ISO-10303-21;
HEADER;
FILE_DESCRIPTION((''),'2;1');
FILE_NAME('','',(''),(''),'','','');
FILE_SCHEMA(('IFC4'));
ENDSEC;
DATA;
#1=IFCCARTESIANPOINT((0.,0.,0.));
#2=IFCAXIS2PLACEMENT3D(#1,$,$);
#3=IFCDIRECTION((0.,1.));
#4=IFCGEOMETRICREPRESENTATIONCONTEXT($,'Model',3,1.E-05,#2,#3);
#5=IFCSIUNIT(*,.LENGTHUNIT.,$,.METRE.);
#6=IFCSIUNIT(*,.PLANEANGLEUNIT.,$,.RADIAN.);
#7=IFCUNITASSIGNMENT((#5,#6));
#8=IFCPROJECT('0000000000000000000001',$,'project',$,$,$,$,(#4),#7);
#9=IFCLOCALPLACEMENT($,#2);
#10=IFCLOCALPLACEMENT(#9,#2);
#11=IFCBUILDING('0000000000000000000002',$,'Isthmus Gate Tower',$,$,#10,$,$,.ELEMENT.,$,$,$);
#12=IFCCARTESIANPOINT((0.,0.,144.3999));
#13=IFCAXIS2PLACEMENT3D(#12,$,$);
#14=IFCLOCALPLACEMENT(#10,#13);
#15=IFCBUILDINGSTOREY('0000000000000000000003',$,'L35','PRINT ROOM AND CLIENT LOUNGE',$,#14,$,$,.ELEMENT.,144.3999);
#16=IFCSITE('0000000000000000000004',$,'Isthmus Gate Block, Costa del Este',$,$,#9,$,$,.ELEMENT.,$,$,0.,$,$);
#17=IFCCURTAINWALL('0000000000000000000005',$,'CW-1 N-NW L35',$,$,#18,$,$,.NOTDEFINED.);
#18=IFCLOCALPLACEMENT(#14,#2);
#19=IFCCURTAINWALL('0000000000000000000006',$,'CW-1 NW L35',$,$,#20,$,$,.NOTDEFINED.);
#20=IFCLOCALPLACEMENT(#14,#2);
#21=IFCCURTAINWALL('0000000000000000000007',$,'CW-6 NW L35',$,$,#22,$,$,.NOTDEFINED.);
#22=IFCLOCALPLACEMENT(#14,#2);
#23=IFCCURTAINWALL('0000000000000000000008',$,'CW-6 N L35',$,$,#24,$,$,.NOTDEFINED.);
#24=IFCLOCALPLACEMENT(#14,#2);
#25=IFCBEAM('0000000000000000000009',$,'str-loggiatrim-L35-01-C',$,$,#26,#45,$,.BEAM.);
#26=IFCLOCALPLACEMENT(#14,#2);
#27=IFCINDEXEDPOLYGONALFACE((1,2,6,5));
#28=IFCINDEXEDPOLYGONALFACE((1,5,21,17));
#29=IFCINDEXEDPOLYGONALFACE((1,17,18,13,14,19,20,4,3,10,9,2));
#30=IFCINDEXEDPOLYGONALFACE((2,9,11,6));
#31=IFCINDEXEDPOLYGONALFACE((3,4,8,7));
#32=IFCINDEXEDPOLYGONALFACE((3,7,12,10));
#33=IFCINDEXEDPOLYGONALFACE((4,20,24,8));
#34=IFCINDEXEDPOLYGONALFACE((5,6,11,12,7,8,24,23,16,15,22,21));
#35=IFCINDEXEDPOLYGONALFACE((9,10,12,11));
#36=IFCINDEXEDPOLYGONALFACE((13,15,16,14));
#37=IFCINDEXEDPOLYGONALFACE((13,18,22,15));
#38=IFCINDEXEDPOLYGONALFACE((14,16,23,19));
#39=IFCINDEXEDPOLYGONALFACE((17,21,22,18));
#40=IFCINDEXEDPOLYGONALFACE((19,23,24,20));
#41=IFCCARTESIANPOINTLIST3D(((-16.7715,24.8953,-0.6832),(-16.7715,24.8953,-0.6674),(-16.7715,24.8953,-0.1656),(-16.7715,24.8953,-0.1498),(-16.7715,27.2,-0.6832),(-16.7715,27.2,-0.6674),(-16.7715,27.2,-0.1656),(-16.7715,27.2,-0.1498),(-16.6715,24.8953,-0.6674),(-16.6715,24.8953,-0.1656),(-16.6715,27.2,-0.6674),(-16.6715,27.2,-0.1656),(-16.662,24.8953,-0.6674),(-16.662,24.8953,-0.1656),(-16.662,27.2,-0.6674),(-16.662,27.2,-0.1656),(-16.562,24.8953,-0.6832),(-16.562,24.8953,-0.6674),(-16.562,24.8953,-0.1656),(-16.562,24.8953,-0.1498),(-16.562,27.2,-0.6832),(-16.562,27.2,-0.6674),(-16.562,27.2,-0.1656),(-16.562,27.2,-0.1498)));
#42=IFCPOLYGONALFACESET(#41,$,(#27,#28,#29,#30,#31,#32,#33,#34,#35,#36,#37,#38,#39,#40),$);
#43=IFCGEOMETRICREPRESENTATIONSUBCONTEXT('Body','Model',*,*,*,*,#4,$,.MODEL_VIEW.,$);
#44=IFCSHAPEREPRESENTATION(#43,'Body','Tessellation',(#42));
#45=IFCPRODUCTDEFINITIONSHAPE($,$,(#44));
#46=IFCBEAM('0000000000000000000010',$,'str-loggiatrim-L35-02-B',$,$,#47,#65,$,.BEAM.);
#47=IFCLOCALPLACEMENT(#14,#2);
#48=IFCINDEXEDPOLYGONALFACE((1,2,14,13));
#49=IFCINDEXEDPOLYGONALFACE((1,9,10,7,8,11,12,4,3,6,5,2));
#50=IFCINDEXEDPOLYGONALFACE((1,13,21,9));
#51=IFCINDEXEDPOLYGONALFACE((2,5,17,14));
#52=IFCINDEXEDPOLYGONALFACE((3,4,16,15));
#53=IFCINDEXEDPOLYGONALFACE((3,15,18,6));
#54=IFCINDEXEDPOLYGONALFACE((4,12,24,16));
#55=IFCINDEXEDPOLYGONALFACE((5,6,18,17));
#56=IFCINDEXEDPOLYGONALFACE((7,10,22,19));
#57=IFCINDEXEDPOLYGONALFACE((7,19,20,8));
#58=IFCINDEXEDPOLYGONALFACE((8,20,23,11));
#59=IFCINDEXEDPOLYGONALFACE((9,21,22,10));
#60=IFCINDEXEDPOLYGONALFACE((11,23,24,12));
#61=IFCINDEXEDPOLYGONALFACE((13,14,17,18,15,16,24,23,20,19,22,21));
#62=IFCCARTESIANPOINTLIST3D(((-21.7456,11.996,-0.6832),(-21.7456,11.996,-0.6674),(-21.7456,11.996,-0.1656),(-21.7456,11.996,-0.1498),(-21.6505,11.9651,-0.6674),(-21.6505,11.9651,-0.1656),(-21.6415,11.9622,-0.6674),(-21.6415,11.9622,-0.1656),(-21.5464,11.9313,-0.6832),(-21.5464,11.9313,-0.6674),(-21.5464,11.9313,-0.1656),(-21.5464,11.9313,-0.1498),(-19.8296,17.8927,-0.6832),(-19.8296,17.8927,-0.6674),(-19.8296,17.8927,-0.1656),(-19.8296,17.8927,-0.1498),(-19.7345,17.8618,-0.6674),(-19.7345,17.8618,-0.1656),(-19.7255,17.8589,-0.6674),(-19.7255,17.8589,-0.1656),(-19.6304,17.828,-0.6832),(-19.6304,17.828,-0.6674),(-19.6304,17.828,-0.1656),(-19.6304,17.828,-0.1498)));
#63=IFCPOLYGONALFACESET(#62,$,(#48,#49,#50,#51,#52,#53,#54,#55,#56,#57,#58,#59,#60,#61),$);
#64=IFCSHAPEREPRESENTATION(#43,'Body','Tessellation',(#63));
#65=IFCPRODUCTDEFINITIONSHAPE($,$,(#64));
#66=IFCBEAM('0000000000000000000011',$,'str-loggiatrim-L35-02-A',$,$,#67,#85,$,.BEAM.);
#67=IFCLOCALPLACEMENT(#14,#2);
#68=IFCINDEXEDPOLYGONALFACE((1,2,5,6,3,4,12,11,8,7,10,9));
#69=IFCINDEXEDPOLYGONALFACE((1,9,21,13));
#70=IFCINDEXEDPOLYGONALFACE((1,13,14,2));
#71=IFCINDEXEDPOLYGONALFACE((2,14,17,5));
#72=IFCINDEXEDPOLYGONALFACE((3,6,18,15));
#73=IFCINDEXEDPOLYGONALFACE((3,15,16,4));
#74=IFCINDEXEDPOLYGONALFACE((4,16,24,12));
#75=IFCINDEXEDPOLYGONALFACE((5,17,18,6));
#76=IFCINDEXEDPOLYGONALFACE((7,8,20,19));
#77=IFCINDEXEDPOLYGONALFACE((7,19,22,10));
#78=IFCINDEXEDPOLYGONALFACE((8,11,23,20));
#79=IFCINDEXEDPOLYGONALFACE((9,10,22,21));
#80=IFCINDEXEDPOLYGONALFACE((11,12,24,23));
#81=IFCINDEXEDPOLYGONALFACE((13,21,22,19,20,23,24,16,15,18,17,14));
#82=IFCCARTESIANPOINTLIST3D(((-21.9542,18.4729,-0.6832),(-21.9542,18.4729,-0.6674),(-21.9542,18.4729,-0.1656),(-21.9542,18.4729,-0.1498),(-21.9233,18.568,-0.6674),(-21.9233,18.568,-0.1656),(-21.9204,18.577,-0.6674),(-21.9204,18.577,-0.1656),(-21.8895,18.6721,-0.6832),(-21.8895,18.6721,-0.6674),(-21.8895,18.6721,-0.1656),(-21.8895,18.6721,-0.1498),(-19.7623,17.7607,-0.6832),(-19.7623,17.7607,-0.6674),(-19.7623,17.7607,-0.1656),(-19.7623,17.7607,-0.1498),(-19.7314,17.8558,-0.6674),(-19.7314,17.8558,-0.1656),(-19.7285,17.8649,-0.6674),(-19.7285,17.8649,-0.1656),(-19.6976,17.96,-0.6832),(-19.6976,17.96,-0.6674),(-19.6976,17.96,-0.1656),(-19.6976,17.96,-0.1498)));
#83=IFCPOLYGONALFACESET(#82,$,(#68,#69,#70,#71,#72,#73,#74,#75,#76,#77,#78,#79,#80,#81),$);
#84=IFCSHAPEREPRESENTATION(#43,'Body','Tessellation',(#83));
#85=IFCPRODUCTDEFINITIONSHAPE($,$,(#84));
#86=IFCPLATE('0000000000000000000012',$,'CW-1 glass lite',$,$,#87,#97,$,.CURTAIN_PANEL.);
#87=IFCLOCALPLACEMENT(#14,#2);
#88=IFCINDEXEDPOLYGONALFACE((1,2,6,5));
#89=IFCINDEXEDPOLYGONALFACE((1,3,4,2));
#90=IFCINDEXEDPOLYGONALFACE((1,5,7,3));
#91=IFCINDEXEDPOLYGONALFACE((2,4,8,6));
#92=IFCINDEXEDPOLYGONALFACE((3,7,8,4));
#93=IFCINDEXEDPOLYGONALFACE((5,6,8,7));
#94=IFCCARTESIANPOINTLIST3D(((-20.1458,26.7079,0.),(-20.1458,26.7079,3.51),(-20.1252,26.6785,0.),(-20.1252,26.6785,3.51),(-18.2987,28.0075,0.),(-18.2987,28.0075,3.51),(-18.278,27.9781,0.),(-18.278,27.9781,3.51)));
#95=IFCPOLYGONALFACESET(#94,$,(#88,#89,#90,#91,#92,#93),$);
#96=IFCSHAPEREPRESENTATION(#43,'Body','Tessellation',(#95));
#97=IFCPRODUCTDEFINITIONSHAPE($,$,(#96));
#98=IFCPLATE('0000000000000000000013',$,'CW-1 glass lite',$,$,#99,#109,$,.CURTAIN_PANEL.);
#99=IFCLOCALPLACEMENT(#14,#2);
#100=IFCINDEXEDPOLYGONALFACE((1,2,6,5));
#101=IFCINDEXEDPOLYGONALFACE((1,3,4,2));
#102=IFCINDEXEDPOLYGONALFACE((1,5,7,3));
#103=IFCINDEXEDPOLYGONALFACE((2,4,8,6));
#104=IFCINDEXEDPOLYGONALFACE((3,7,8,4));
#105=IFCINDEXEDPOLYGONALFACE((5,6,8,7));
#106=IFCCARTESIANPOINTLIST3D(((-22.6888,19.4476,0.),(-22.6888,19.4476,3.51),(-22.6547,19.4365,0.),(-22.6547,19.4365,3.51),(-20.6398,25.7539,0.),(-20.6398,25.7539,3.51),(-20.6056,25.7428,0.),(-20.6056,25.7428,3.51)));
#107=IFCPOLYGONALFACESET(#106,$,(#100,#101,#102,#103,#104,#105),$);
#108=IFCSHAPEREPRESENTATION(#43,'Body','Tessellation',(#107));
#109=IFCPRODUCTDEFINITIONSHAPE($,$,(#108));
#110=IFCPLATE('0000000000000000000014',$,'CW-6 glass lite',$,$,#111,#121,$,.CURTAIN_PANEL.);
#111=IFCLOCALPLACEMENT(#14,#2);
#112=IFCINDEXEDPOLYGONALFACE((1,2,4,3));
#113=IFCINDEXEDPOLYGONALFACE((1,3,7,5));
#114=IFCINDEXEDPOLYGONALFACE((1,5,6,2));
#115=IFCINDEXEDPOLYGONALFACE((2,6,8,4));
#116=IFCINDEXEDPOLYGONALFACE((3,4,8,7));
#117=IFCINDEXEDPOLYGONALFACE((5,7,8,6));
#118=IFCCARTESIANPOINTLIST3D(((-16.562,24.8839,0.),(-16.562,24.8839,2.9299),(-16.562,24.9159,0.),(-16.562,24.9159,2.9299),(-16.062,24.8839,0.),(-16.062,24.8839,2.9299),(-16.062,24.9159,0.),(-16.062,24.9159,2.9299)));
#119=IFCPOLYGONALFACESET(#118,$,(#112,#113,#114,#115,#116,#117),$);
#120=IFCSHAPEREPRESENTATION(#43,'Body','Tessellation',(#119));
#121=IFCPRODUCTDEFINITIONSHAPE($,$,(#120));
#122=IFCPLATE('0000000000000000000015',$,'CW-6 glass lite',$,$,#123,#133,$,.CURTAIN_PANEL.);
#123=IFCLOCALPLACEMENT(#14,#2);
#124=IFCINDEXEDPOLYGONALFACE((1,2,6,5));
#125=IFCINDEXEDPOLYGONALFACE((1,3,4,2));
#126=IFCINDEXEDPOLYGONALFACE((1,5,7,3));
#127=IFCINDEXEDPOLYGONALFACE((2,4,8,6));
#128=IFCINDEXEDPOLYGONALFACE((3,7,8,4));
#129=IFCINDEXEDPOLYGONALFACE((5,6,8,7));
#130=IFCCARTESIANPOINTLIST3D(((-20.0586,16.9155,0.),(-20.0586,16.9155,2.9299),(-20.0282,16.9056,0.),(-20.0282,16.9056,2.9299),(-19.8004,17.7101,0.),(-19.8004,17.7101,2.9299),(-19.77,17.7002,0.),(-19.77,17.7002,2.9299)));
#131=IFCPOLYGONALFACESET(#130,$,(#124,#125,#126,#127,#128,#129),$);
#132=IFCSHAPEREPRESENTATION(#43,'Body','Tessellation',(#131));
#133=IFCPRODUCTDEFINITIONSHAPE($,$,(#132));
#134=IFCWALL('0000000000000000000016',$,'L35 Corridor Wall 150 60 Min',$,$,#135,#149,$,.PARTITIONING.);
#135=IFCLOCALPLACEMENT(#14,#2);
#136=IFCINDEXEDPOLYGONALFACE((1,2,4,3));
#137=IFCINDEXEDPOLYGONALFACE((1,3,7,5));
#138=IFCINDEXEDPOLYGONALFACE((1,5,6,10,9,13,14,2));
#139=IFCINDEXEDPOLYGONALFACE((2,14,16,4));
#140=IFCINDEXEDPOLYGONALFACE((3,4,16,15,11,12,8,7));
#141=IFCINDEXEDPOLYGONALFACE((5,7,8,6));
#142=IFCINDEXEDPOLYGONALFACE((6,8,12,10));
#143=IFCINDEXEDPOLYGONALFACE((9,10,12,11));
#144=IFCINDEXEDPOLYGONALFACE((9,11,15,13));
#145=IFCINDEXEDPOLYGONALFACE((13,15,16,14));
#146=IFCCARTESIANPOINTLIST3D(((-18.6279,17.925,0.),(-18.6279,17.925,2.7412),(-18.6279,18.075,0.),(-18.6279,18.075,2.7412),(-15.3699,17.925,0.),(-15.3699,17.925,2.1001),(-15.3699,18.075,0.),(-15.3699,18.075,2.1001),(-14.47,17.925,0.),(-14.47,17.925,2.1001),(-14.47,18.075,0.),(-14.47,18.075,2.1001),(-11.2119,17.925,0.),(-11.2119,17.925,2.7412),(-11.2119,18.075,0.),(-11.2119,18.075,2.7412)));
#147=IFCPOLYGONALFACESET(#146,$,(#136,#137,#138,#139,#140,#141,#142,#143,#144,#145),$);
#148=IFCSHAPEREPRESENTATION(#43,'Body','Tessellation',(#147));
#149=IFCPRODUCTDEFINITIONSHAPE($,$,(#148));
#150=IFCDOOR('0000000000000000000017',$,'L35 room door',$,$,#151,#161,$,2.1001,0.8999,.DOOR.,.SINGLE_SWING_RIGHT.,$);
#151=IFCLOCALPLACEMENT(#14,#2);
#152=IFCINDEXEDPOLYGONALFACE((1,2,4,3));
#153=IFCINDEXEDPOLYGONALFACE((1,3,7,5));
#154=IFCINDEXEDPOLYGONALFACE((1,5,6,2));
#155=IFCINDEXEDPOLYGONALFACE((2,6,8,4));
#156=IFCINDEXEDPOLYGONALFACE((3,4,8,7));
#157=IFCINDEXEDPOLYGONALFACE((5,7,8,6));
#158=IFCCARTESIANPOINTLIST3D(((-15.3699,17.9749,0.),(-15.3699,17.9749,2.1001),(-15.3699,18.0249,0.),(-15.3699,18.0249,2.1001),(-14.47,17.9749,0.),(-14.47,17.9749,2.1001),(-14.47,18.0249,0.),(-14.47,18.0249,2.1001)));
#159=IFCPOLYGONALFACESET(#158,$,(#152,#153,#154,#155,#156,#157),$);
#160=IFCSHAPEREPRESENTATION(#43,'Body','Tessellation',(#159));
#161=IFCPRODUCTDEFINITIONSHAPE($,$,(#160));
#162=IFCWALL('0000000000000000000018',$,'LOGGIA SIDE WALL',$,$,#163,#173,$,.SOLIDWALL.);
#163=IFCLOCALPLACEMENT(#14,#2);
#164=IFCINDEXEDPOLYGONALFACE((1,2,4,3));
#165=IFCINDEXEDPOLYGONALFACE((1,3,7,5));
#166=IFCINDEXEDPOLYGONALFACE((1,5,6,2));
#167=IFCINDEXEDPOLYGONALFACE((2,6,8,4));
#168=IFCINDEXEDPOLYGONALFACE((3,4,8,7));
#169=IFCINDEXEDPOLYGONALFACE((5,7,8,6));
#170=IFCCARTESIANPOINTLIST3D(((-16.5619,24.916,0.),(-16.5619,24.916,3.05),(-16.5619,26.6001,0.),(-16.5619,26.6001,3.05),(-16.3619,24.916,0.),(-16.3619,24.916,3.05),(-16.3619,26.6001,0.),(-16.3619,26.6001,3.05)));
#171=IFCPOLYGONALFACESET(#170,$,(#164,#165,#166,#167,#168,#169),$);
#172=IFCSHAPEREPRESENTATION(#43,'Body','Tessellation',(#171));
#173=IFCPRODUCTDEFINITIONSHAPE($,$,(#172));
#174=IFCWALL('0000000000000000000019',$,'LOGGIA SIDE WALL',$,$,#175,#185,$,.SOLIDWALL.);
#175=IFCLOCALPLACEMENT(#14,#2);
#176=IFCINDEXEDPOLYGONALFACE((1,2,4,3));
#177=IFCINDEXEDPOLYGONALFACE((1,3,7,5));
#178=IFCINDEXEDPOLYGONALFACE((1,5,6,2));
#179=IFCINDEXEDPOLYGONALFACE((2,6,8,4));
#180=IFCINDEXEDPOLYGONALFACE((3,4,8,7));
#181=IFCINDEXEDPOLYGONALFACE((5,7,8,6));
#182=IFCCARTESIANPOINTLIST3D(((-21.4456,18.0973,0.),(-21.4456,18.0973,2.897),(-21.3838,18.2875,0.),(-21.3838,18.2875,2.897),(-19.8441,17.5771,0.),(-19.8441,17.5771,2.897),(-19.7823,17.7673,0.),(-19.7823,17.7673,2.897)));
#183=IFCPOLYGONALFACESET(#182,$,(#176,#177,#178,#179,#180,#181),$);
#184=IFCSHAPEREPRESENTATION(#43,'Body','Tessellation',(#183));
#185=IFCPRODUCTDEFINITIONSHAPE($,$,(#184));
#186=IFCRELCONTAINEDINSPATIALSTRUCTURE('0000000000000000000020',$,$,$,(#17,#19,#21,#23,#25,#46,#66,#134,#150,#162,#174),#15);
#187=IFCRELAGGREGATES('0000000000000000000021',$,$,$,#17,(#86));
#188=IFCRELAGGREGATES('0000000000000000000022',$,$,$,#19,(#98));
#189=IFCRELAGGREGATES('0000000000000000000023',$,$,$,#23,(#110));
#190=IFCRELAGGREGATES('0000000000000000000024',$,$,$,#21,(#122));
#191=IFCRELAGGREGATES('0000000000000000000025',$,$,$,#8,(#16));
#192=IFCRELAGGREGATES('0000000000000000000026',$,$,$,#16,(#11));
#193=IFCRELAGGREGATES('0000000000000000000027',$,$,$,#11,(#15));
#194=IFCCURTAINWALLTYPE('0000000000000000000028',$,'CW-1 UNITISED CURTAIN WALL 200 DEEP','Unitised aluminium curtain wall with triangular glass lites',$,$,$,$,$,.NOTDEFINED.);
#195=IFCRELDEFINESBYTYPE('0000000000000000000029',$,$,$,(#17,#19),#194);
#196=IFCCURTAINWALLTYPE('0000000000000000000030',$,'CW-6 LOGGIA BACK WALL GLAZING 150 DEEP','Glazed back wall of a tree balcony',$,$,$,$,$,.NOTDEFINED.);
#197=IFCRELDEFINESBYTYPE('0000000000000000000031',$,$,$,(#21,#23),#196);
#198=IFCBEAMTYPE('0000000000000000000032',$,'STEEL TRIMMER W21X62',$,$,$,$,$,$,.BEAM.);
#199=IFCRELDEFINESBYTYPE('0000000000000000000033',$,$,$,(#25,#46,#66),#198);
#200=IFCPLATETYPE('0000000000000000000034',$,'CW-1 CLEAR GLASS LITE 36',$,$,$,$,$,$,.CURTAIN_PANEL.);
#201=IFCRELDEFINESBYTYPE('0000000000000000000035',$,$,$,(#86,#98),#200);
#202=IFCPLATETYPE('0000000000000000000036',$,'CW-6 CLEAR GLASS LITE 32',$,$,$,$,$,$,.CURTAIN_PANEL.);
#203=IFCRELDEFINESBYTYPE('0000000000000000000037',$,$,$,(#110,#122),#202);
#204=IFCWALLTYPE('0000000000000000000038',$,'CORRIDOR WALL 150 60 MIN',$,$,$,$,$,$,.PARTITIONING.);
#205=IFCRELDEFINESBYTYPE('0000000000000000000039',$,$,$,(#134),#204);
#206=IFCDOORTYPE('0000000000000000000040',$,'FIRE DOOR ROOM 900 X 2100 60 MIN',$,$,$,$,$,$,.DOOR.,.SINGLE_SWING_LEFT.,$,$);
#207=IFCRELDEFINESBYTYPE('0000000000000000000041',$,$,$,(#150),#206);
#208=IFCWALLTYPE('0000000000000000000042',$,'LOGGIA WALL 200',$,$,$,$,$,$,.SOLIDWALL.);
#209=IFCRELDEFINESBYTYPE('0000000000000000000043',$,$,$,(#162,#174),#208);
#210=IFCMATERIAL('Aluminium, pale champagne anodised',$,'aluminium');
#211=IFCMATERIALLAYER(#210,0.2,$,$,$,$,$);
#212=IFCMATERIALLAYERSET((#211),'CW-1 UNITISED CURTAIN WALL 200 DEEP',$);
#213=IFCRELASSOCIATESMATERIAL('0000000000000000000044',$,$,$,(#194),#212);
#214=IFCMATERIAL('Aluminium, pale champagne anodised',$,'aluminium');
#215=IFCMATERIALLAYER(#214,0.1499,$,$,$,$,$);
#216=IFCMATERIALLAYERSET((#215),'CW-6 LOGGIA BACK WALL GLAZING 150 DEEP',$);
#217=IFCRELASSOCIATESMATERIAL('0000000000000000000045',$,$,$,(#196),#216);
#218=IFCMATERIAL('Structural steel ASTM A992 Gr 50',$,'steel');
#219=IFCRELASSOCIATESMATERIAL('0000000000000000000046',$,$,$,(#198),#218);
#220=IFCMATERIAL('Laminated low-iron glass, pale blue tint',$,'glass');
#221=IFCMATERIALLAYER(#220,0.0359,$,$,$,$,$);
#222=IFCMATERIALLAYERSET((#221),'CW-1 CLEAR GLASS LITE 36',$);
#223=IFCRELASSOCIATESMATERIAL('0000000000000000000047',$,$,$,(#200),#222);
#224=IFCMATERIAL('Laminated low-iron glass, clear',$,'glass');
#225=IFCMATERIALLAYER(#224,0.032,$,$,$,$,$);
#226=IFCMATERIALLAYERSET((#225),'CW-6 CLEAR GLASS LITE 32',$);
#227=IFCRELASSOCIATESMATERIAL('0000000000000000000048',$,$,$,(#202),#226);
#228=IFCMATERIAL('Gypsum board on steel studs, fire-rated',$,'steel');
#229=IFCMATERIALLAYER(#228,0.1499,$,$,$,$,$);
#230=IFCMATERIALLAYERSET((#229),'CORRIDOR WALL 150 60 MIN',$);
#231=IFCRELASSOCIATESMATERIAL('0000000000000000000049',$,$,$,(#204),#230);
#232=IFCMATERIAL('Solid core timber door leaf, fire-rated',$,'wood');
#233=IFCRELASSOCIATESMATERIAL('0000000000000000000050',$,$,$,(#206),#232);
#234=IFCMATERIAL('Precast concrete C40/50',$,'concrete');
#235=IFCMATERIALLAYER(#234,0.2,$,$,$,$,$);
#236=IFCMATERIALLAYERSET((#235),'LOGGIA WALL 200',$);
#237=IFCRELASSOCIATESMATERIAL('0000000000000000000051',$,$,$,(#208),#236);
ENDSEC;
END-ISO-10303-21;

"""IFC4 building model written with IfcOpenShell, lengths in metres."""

from ifc_helpers import new_model, si_unit, direction, frame, frame_2d, origin, origin_2d, place, context, subcontext, project, spatial, rectangle, i_section, extrude, material, layer, layer_set, material_profile, profile_set, type_object, element, fill, aggregate, save


model = new_model("IFC4")

# Units and contexts
model_context = context("Model", 3, precision=1e-05, world=origin(), true_north=direction((0.0, 1.0)))
body_context = subcontext(model_context, "Body", "Model", "MODEL_VIEW")
ifc_project = project(units=[si_unit("LENGTHUNIT", "METRE"), si_unit("PLANEANGLEUNIT", "RADIAN")], contexts=[model_context])

# Site, building, storey
site_placement = place(None, origin())
site = spatial("IfcSite", under=ifc_project, at=site_placement, Name="Isthmus Gate Block, Costa del Este", CompositionType="ELEMENT", RefElevation=0.0)
building_placement = place(site_placement, origin())
building = spatial("IfcBuilding", under=site, at=building_placement, Name="Isthmus Gate Tower", CompositionType="ELEMENT")
storey_placement = place(building_placement, frame((0.0, 0.0, 144.3999)))
storey = spatial("IfcBuildingStorey", under=building, at=storey_placement, Name="L35", Description="PRINT ROOM AND CLIENT LOUNGE", CompositionType="ELEMENT", Elevation=144.3999)

# Curtain walls
ifc_material_1 = material(Name="Aluminium, pale champagne anodised", Category="aluminium")
ifc_layer_1 = layer(ifc_material_1, 0.2)
ifc_layer_set_1 = layer_set([ifc_layer_1], Name="CW-1 UNITISED CURTAIN WALL 200 DEEP")
curtain_wall_type_1 = type_object("IfcCurtainWallType", Name="CW-1 UNITISED CURTAIN WALL 200 DEEP", Description="Unitised aluminium curtain wall with triangular glass lites", PredefinedType="NOTDEFINED", material=ifc_layer_set_1)
curtain_wall_1_placement = place(storey_placement, origin())
curtain_wall_1 = element("IfcCurtainWall", 1, at=curtain_wall_1_placement, inside=storey, type_object=curtain_wall_type_1, Name="CW-1 N-NW L35", PredefinedType="NOTDEFINED")
curtain_wall_2_placement = place(storey_placement, origin())
curtain_wall_2 = element("IfcCurtainWall", 2, at=curtain_wall_2_placement, inside=storey, type_object=curtain_wall_type_1, Name="CW-1 NW L35", PredefinedType="NOTDEFINED")

# Curtain walls
ifc_material_2 = material(Name="Aluminium, pale champagne anodised", Category="aluminium")
ifc_layer_2 = layer(ifc_material_2, 0.1499)
ifc_layer_set_2 = layer_set([ifc_layer_2], Name="CW-6 LOGGIA BACK WALL GLAZING 150 DEEP")
curtain_wall_type_2 = type_object("IfcCurtainWallType", Name="CW-6 LOGGIA BACK WALL GLAZING 150 DEEP", Description="Glazed back wall of a tree balcony", PredefinedType="NOTDEFINED", material=ifc_layer_set_2)
curtain_wall_3_placement = place(storey_placement, origin())
curtain_wall_3 = element("IfcCurtainWall", 3, at=curtain_wall_3_placement, inside=storey, type_object=curtain_wall_type_2, Name="CW-6 NW L35", PredefinedType="NOTDEFINED")
curtain_wall_4_placement = place(storey_placement, origin())
curtain_wall_4 = element("IfcCurtainWall", 4, at=curtain_wall_4_placement, inside=storey, type_object=curtain_wall_type_2, Name="CW-6 N L35", PredefinedType="NOTDEFINED")

# Beams
ifc_material_3 = material(Name="Structural steel ASTM A992 Gr 50", Category="steel")
ifc_material_profile_1 = material_profile(ifc_material_3, i_section(OverallWidth=0.2095, OverallDepth=0.5334, WebThickness=0.0095, FlangeThickness=0.0159, at=origin_2d()), Name="W21X62")
ifc_profile_set_1 = profile_set([ifc_material_profile_1], Name="Structural steel ASTM A992 Gr 50")
beam_type_1 = type_object("IfcBeamType", Name="STEEL TRIMMER W21X62", PredefinedType="BEAM", material=ifc_profile_set_1)
beam_1_placement = place(storey_placement, frame((-16.6667, 27.2, -0.4165), z_axis=(0.0, -1.0, 0.0), x_axis=(1.0, 0.0, 0.0)))
element("IfcBeam", 5, at=beam_1_placement, inside=storey, type_object=beam_type_1, Name="str-loggiatrim-L35-01-C", PredefinedType="BEAM", context=body_context, shape_type="SweptSolid", body=[
    extrude(i_section(OverallWidth=0.2095, OverallDepth=0.5334, WebThickness=0.0095, FlangeThickness=0.0159, at=origin_2d()), origin(), (0.0, 0.0, 1.0), 2.3047),
])
beam_2_placement = place(storey_placement, frame((-19.73, 17.8604, -0.4165), z_axis=(-0.309025, -0.951054, 0.0), x_axis=(0.951054, -0.309025, 0.0)))
element("IfcBeam", 6, at=beam_2_placement, inside=storey, type_object=beam_type_1, Name="str-loggiatrim-L35-02-B", PredefinedType="BEAM", context=body_context, shape_type="SweptSolid", body=[
    extrude(i_section(OverallWidth=0.2095, OverallDepth=0.5334, WebThickness=0.0095, FlangeThickness=0.0159, at=origin_2d()), origin(), (0.0, 0.0, 1.0), 6.2002),
])
beam_3_placement = place(storey_placement, frame((-21.9219, 18.5725, -0.4165), z_axis=(0.951061, -0.309005, 0.0), x_axis=(0.309005, 0.951061, 0.0)))
element("IfcBeam", 7, at=beam_3_placement, inside=storey, type_object=beam_type_1, Name="str-loggiatrim-L35-02-A", PredefinedType="BEAM", context=body_context, shape_type="SweptSolid", body=[
    extrude(i_section(OverallWidth=0.2095, OverallDepth=0.5334, WebThickness=0.0095, FlangeThickness=0.0159, at=origin_2d()), origin(), (0.0, 0.0, 1.0), 2.3047),
])

# Plates
ifc_material_4 = material(Name="Laminated low-iron glass, pale blue tint", Category="glass")
ifc_layer_3 = layer(ifc_material_4, 0.0359)
ifc_layer_set_3 = layer_set([ifc_layer_3], Name="CW-1 CLEAR GLASS LITE 36")
plate_type_1 = type_object("IfcPlateType", Name="CW-1 CLEAR GLASS LITE 36", PredefinedType="CURTAIN_PANEL", material=ifc_layer_set_3)
plate_1_placement = place(storey_placement, frame((-19.2119, 27.343, 0.0), z_axis=(0.0, 0.0, 1.0), x_axis=(-0.81786, -0.575418, 0.0)))
plate_1 = element("IfcPlate", 8, at=plate_1_placement, type_object=plate_type_1, Name="CW-1 glass lite", PredefinedType="CURTAIN_PANEL", context=body_context, shape_type="SweptSolid", body=[
    extrude(rectangle(XDim=2.2585, YDim=0.0359, at=origin_2d()), origin(), (0.0, 0.0, 1.0), 3.51),
])
aggregate(curtain_wall_1, [plate_1])
plate_2_placement = place(storey_placement, frame((-21.6472, 22.5952, 0.0), z_axis=(0.0, 0.0, 1.0), x_axis=(-0.309017, -0.951057, 0.0)))
plate_2 = element("IfcPlate", 9, at=plate_2_placement, type_object=plate_type_1, Name="CW-1 glass lite", PredefinedType="CURTAIN_PANEL", context=body_context, shape_type="SweptSolid", body=[
    extrude(rectangle(XDim=6.6309, YDim=0.0359, at=origin_2d()), origin(), (0.0, 0.0, 1.0), 3.51),
])
aggregate(curtain_wall_2, [plate_2])
ifc_material_5 = material(Name="Laminated low-iron glass, clear", Category="glass")
ifc_layer_4 = layer(ifc_material_5, 0.032)
ifc_layer_set_4 = layer_set([ifc_layer_4], Name="CW-6 CLEAR GLASS LITE 32")
plate_type_2 = type_object("IfcPlateType", Name="CW-6 CLEAR GLASS LITE 32", PredefinedType="CURTAIN_PANEL", material=ifc_layer_set_4)
plate_3_placement = place(storey_placement, frame((-16.312, 24.8999, 0.0), z_axis=(0.0, 0.0, 1.0), x_axis=(-1.0, 0.0, 0.0)))
plate_3 = element("IfcPlate", 10, at=plate_3_placement, type_object=plate_type_2, Name="CW-6 glass lite", PredefinedType="CURTAIN_PANEL", context=body_context, shape_type="SweptSolid", body=[
    extrude(rectangle(XDim=0.5, YDim=0.032, at=origin_2d()), origin(), (0.0, 0.0, 1.0), 2.9299),
])
aggregate(curtain_wall_4, [plate_3])
plate_4_placement = place(storey_placement, frame((-19.9143, 17.3079, 0.0), z_axis=(0.0, 0.0, 1.0), x_axis=(-0.309017, -0.951057, 0.0)))
plate_4 = element("IfcPlate", 11, at=plate_4_placement, type_object=plate_type_2, Name="CW-6 glass lite", PredefinedType="CURTAIN_PANEL", context=body_context, shape_type="SweptSolid", body=[
    extrude(rectangle(XDim=0.8354, YDim=0.032, at=origin_2d()), origin(), (0.0, 0.0, 1.0), 2.9299),
])
aggregate(curtain_wall_3, [plate_4])

# Wall, opening, door
ifc_material_6 = material(Name="Gypsum board on steel studs, fire-rated", Category="steel")
ifc_layer_5 = layer(ifc_material_6, 0.1499)
ifc_layer_set_5 = layer_set([ifc_layer_5], Name="CORRIDOR WALL 150 60 MIN")
wall_type_1 = type_object("IfcWallType", Name="CORRIDOR WALL 150 60 MIN", PredefinedType="PARTITIONING", material=ifc_layer_set_5)
wall_1_placement = place(storey_placement, frame((-18.6279, 18.0, 0.0), z_axis=(0.0, 0.0, 1.0), x_axis=(1.0, 0.0, 0.0)))
wall_1 = element("IfcWall", 12, at=wall_1_placement, inside=storey, type_object=wall_type_1, Name="L35 Corridor Wall 150 60 Min", PredefinedType="PARTITIONING", context=body_context, shape_type="SweptSolid", body=[
    extrude(rectangle(XDim=7.416, YDim=0.1499, at=frame_2d((3.708, 0.0))), origin(), (0.0, 0.0, 1.0), 2.7412),
])
opening_placement = place(wall_1_placement, frame((3.2581, 0.0, 0.0)))
opening = element("IfcOpeningElement", 13, at=opening_placement, cuts=wall_1, PredefinedType="OPENING", context=body_context, shape_type="SweptSolid", body=[
    extrude(rectangle(XDim=0.8999, YDim=2.1001, at=frame_2d((0.45, 1.05))), frame((0.0, 0.085, 0.0), z_axis=(0.0, -1.0, 0.0), x_axis=(1.0, 0.0, 0.0)), (0.0, 0.0, 1.0), 0.1699),
])
ifc_material_7 = material(Name="Solid core timber door leaf, fire-rated", Category="wood")
door_type = type_object("IfcDoorType", Name="FIRE DOOR ROOM 900 X 2100 60 MIN", OperationType="SINGLE_SWING_LEFT", PredefinedType="DOOR", material=ifc_material_7)
door_placement = place(opening_placement, origin())
door = element("IfcDoor", 14, at=door_placement, inside=storey, type_object=door_type, Name="L35 room door", OperationType="SINGLE_SWING_RIGHT", OverallHeight=2.1001, OverallWidth=0.8999, PredefinedType="DOOR", context=body_context, shape_type="SweptSolid", body=[
    extrude(rectangle(XDim=0.8999, YDim=2.1001, at=frame_2d((0.45, 1.05))), frame((0.0, 0.0249, 0.0), z_axis=(0.0, -1.0, 0.0), x_axis=(1.0, 0.0, 0.0)), (0.0, 0.0, 1.0), 0.05),
])
fill(opening, door)

# Walls
ifc_material_8 = material(Name="Precast concrete C40/50", Category="concrete")
ifc_layer_6 = layer(ifc_material_8, 0.2)
ifc_layer_set_6 = layer_set([ifc_layer_6], Name="LOGGIA WALL 200")
wall_type_2 = type_object("IfcWallType", Name="LOGGIA WALL 200", PredefinedType="SOLIDWALL", material=ifc_layer_set_6)
wall_2_placement = place(storey_placement, frame((-16.4619, 26.6001, 0.0), z_axis=(0.0, 0.0, 1.0), x_axis=(0.0, -1.0, 0.0)))
element("IfcWall", 15, at=wall_2_placement, inside=storey, type_object=wall_type_2, Name="LOGGIA SIDE WALL", PredefinedType="SOLIDWALL", context=body_context, shape_type="SweptSolid", body=[
    extrude(rectangle(XDim=1.6841, YDim=0.2, at=frame_2d((0.842, 0.0))), origin(), (0.0, 0.0, 1.0), 3.05),
])
wall_3_placement = place(storey_placement, frame((-21.4146, 18.1924, 0.0), z_axis=(0.0, 0.0, 1.0), x_axis=(0.951077, -0.308955, 0.0)))
element("IfcWall", 16, at=wall_3_placement, inside=storey, type_object=wall_type_2, Name="LOGGIA SIDE WALL", PredefinedType="SOLIDWALL", context=body_context, shape_type="SweptSolid", body=[
    extrude(rectangle(XDim=1.6838, YDim=0.2, at=frame_2d((0.8418, 0.0))), origin(), (0.0, 0.0, 1.0), 2.897),
])

save(model, "model.ifc")
